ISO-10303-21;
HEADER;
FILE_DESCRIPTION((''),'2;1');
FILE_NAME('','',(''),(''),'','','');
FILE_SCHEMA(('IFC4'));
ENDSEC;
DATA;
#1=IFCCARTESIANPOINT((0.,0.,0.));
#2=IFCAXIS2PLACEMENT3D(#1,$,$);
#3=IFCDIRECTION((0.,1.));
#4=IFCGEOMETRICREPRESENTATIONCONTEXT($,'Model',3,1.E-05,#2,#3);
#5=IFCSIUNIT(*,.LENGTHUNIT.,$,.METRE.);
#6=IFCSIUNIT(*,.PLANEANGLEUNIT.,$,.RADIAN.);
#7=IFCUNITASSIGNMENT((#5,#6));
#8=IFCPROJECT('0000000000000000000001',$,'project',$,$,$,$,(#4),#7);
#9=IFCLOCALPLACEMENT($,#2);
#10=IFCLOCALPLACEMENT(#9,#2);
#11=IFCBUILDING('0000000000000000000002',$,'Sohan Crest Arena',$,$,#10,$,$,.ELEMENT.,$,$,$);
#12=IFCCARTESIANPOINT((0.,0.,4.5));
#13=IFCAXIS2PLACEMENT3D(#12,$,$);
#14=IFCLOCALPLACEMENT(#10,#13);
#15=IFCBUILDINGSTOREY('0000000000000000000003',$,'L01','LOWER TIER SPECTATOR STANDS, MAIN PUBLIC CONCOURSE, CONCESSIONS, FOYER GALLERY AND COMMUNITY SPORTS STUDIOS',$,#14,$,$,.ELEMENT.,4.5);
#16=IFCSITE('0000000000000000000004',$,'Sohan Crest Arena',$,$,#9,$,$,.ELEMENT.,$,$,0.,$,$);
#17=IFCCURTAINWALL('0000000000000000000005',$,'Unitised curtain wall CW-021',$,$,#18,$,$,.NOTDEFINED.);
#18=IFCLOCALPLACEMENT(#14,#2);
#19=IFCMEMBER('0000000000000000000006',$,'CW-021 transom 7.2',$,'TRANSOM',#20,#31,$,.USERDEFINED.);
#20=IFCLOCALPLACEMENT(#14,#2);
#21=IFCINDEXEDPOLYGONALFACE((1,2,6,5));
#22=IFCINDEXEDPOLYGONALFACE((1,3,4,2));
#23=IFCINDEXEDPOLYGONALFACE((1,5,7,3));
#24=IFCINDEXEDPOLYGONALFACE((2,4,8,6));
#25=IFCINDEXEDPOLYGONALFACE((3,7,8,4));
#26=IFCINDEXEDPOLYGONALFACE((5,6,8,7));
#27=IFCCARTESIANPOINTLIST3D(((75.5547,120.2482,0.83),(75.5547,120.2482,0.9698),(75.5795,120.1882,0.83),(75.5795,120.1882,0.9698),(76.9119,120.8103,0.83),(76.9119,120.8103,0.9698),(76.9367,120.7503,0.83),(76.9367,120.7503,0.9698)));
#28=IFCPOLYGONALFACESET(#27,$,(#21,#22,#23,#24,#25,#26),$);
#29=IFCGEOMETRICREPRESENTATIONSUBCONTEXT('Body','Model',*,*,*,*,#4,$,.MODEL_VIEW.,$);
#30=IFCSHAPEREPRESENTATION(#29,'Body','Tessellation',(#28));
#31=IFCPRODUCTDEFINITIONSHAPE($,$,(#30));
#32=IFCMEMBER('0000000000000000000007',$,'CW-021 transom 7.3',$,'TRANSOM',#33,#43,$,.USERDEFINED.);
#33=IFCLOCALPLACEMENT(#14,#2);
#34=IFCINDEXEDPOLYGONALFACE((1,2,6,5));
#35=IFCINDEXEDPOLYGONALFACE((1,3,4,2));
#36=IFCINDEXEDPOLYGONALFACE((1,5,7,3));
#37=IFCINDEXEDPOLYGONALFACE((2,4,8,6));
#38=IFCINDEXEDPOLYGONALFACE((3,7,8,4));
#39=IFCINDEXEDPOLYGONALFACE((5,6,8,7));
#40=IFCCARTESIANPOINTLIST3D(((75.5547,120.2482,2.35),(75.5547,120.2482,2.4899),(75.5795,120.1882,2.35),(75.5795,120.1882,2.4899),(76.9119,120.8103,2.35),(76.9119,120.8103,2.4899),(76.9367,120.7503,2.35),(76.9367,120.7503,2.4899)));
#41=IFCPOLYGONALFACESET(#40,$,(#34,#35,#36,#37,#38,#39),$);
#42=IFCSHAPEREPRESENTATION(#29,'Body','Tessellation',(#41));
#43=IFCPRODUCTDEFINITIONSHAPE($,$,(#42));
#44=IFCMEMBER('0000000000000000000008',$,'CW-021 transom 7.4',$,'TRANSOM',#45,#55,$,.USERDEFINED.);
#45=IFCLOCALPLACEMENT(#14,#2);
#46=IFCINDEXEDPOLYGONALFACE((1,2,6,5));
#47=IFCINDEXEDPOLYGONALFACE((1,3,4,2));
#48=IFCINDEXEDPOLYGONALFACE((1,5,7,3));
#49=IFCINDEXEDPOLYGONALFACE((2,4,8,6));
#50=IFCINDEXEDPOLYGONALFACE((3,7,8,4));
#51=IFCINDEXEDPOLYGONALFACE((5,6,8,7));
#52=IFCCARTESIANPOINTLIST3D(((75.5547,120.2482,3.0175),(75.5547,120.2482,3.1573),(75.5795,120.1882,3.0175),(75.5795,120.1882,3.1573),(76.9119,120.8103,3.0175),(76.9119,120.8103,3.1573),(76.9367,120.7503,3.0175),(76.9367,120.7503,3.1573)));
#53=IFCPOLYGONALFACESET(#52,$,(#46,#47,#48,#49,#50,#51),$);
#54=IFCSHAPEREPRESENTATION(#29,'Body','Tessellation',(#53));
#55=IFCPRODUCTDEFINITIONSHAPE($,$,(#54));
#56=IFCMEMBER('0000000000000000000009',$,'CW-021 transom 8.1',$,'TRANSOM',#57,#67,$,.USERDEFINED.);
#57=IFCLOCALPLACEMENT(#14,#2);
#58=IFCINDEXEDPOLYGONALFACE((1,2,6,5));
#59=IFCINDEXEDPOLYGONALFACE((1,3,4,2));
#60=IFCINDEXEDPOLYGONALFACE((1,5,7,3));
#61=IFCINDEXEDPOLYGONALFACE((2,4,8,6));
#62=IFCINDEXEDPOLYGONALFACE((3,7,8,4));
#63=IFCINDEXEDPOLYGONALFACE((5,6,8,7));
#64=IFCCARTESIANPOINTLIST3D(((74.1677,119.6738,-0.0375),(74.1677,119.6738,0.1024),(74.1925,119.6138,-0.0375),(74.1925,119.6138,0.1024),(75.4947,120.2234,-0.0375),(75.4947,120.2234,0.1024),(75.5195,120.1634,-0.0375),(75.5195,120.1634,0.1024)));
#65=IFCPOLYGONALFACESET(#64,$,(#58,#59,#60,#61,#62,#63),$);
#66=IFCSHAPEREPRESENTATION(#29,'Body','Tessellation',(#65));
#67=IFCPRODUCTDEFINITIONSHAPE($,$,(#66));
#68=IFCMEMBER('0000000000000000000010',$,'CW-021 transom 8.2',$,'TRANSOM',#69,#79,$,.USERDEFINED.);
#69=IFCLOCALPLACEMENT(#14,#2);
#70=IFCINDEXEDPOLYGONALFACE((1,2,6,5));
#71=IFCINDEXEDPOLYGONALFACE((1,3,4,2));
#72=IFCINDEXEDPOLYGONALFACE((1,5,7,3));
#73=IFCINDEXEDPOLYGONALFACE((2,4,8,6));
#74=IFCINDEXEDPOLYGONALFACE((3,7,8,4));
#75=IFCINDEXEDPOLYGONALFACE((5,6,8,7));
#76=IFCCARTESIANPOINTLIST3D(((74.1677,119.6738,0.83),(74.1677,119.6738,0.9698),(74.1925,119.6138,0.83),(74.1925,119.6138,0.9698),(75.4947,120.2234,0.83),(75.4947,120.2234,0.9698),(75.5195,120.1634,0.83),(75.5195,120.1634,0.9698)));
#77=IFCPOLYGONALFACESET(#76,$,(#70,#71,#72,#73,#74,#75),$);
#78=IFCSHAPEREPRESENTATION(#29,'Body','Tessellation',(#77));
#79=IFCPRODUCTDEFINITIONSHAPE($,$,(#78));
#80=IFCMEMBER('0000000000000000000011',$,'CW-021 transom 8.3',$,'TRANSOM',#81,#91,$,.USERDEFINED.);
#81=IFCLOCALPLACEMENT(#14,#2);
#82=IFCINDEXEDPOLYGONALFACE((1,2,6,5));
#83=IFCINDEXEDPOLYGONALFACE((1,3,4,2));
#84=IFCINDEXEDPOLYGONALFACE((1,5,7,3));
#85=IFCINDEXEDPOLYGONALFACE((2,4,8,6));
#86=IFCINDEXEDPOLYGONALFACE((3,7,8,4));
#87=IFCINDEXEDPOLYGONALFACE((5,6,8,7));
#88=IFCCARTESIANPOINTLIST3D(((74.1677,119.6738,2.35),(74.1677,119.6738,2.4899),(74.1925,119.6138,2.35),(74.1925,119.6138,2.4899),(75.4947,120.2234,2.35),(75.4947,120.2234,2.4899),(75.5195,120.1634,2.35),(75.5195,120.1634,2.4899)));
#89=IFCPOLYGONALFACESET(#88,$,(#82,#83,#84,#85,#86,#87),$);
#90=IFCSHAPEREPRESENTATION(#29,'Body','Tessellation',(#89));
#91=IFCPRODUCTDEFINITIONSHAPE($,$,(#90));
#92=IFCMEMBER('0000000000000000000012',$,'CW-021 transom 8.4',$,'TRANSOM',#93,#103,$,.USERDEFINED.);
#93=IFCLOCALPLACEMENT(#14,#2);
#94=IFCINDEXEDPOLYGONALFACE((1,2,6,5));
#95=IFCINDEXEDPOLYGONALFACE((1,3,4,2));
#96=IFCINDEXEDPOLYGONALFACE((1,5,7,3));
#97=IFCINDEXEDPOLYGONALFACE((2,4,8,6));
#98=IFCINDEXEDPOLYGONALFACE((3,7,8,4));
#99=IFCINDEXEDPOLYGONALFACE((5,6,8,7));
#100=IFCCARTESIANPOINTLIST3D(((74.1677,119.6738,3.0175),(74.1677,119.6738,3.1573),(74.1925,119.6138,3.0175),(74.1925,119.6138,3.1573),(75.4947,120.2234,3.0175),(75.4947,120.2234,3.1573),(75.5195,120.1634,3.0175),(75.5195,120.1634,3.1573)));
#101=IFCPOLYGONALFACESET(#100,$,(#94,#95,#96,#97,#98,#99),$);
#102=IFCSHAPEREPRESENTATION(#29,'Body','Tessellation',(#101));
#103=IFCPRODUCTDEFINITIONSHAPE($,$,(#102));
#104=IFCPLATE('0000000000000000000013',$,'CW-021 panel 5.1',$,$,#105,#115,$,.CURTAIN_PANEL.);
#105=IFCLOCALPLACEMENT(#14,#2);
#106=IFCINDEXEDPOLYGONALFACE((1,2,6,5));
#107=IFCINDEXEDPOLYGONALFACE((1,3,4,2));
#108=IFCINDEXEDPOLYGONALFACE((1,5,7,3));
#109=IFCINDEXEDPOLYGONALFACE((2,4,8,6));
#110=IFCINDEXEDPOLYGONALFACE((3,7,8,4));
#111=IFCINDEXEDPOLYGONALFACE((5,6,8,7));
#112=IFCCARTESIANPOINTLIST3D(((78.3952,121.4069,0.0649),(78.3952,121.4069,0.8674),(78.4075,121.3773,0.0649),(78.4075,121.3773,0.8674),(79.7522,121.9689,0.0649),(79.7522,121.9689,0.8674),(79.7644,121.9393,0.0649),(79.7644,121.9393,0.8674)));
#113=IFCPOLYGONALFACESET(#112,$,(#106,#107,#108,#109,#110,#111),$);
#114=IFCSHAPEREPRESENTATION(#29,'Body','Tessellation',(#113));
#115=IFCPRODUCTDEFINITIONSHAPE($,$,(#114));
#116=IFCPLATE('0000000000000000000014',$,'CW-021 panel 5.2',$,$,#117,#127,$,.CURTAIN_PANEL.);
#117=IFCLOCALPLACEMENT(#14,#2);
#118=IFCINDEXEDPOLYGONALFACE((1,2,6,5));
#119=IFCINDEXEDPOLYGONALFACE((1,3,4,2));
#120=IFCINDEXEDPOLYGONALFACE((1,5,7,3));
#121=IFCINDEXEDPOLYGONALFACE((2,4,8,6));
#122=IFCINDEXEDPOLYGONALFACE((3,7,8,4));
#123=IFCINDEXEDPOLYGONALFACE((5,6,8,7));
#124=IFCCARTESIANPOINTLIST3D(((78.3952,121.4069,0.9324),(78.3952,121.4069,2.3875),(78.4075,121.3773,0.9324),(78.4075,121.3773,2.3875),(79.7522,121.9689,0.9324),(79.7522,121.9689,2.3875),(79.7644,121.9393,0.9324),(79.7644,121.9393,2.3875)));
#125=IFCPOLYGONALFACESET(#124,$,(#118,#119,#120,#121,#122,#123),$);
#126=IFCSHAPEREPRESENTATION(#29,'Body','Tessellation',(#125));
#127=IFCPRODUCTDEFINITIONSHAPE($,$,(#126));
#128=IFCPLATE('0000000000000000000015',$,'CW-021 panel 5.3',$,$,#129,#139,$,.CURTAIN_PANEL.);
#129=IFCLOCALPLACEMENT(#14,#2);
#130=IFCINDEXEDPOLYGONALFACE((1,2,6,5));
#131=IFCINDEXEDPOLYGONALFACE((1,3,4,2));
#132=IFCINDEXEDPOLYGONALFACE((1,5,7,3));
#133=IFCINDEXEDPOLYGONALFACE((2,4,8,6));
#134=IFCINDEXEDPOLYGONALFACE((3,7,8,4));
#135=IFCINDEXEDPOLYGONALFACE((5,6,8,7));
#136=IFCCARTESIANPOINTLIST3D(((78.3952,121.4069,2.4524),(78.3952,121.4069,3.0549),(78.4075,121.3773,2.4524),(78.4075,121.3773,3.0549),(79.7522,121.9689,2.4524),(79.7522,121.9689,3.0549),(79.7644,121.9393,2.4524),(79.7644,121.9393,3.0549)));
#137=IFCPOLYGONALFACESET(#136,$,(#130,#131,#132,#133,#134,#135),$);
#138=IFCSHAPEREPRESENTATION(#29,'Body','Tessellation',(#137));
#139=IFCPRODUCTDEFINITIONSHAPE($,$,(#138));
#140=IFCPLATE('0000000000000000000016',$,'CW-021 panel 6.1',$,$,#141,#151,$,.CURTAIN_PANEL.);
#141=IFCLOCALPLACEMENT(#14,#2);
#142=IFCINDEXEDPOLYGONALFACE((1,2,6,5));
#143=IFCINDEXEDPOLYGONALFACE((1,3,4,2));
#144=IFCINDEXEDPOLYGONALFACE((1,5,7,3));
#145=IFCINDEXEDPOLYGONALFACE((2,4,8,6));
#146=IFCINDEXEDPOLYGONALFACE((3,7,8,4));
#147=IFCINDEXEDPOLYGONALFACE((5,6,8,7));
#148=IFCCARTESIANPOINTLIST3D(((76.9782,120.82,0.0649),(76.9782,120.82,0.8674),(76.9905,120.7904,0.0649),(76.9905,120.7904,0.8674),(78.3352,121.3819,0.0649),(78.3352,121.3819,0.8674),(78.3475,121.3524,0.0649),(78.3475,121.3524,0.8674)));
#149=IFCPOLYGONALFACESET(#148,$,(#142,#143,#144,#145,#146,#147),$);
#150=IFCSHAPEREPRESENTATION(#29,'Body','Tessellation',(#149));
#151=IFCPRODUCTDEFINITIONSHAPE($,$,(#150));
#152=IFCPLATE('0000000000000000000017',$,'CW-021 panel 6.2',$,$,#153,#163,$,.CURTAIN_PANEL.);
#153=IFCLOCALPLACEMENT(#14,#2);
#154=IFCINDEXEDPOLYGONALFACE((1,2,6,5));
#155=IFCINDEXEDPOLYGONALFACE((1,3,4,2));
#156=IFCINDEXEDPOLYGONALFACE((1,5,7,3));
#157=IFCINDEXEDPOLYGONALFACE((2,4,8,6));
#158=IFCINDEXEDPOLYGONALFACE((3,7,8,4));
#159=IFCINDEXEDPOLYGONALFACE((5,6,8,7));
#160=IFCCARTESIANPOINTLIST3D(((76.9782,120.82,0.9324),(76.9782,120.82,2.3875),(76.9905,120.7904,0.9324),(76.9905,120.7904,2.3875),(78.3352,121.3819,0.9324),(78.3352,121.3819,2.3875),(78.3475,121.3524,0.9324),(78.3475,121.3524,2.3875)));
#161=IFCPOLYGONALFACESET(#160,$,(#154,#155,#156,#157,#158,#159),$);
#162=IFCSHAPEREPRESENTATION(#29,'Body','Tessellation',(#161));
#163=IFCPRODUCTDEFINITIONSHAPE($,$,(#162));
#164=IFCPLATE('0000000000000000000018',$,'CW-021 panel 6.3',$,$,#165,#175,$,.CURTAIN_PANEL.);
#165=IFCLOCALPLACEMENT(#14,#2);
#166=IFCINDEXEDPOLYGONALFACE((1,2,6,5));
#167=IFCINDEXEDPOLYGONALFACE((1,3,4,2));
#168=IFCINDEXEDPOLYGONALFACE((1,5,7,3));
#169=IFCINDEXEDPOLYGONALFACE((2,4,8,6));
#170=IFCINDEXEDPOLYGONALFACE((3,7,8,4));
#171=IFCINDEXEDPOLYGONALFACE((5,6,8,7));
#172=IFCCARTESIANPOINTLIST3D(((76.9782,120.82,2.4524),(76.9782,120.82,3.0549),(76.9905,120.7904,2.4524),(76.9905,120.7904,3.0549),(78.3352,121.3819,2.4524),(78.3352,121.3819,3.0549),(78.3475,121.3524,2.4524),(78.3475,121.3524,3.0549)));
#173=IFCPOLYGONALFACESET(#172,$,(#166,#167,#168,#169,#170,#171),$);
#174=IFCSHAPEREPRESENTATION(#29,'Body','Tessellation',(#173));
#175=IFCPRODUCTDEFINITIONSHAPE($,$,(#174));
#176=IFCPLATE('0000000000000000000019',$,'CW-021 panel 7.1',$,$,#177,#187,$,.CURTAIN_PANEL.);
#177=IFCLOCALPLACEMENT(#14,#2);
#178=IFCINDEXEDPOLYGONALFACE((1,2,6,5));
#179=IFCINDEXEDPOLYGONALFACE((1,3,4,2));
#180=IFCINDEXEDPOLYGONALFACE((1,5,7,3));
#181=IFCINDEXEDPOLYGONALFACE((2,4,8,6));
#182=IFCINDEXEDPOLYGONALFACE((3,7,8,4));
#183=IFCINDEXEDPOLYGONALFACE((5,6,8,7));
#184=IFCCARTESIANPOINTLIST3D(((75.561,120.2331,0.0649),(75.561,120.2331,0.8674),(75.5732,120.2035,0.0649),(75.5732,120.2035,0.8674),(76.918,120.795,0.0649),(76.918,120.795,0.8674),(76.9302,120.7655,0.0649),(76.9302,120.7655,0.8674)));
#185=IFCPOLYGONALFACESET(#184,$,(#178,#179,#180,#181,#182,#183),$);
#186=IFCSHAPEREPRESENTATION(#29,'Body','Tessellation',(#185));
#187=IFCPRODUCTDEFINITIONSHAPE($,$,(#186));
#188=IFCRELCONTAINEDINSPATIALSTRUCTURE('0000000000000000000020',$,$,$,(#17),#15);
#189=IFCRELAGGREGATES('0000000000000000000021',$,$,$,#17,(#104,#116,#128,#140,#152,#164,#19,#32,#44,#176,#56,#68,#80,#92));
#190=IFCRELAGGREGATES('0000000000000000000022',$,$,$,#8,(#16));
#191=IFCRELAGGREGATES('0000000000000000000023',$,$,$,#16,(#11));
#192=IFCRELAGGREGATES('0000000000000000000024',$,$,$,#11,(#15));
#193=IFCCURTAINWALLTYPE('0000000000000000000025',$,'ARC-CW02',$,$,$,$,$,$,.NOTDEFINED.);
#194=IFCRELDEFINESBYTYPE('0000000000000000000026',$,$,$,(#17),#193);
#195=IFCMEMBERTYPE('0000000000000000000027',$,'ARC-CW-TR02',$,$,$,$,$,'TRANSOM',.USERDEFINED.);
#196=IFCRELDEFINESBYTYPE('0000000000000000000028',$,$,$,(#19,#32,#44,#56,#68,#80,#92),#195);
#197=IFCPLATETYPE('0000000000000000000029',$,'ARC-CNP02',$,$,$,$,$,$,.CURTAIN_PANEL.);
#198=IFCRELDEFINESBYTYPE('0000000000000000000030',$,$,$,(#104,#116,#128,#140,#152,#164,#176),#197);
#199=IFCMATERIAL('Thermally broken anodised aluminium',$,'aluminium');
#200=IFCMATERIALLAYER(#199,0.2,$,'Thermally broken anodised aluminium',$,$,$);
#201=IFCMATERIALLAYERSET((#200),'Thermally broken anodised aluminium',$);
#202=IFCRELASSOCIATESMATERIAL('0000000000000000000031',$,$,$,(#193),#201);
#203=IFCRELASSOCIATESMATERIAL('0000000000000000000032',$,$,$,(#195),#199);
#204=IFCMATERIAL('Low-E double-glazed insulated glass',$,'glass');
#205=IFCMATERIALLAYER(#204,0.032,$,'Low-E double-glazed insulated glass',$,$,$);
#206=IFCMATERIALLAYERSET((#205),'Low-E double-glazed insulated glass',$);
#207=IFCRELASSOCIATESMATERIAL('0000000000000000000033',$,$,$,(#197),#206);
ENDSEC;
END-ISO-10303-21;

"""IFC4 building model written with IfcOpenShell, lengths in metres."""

from ifc_helpers import new_model, si_unit, direction, frame, origin, origin_2d, place, context, subcontext, project, spatial, rectangle, extrude, material, layer, layer_set, material_profile, profile_set, type_object, element, aggregate, save


model = new_model("IFC4")

# Units and contexts
model_context = context("Model", 3, precision=1e-05, world=origin(), true_north=direction((0.0, 1.0)))
body_context = subcontext(model_context, "Body", "Model", "MODEL_VIEW")
ifc_project = project(units=[si_unit("LENGTHUNIT", "METRE"), si_unit("PLANEANGLEUNIT", "RADIAN")], contexts=[model_context])

# Site, building, storey
site_placement = place(None, origin())
site = spatial("IfcSite", under=ifc_project, at=site_placement, Name="Sohan Crest Arena", CompositionType="ELEMENT", RefElevation=0.0)
building_placement = place(site_placement, origin())
building = spatial("IfcBuilding", under=site, at=building_placement, Name="Sohan Crest Arena", CompositionType="ELEMENT")
storey_placement = place(building_placement, frame((0.0, 0.0, 4.5)))
storey = spatial("IfcBuildingStorey", under=building, at=storey_placement, Name="L01", Description="LOWER TIER SPECTATOR STANDS, MAIN PUBLIC CONCOURSE, CONCESSIONS, FOYER GALLERY AND COMMUNITY SPORTS STUDIOS", CompositionType="ELEMENT", Elevation=4.5)

# Curtain wall, members, plates
ifc_material_1 = material(Name="Thermally broken anodised aluminium", Category="aluminium")
ifc_layer_1 = layer(ifc_material_1, 0.2, Name="Thermally broken anodised aluminium")
ifc_layer_set_1 = layer_set([ifc_layer_1], Name="Thermally broken anodised aluminium")
curtain_wall_type = type_object("IfcCurtainWallType", Name="ARC-CW02", PredefinedType="NOTDEFINED", material=ifc_layer_set_1)
curtain_wall_placement = place(storey_placement, origin())
curtain_wall = element("IfcCurtainWall", 1, at=curtain_wall_placement, inside=storey, type_object=curtain_wall_type, Name="Unitised curtain wall CW-021", PredefinedType="NOTDEFINED")
ifc_material_profile_1 = material_profile(ifc_material_1, rectangle(XDim=0.0649, YDim=0.1399, at=origin_2d()), Name="ALU-TRAN 65x140")
ifc_profile_set_1 = profile_set([ifc_material_profile_1], Name="Thermally broken anodised aluminium")
member_type_1 = type_object("IfcMemberType", Name="ARC-CW-TR02", ElementType="TRANSOM", PredefinedType="USERDEFINED", material=ifc_profile_set_1)
member_1_placement = place(storey_placement, frame((76.9243, 120.7803, 0.8999), z_axis=(-0.923916, -0.382596, 0.0), x_axis=(0.382596, -0.923916, 0.0)))
member_1 = element("IfcMember", 2, at=member_1_placement, type_object=member_type_1, Name="CW-021 transom 7.2", ObjectType="TRANSOM", PredefinedType="USERDEFINED", context=body_context, shape_type="SweptSolid", body=[
    extrude(rectangle(XDim=0.0649, YDim=0.1399, at=origin_2d()), origin(), (0.0, 0.0, 1.0), 1.469),
])
member_2_placement = place(storey_placement, frame((76.9243, 120.7803, 2.4199), z_axis=(-0.923916, -0.382596, 0.0), x_axis=(0.382596, -0.923916, 0.0)))
member_2 = element("IfcMember", 3, at=member_2_placement, type_object=member_type_1, Name="CW-021 transom 7.3", ObjectType="TRANSOM", PredefinedType="USERDEFINED", context=body_context, shape_type="SweptSolid", body=[
    extrude(rectangle(XDim=0.0649, YDim=0.1399, at=origin_2d()), origin(), (0.0, 0.0, 1.0), 1.469),
])
member_3_placement = place(storey_placement, frame((76.9243, 120.7803, 3.0874), z_axis=(-0.923916, -0.382596, 0.0), x_axis=(0.382596, -0.923916, 0.0)))
member_3 = element("IfcMember", 4, at=member_3_placement, type_object=member_type_1, Name="CW-021 transom 7.4", ObjectType="TRANSOM", PredefinedType="USERDEFINED", context=body_context, shape_type="SweptSolid", body=[
    extrude(rectangle(XDim=0.0649, YDim=0.1399, at=origin_2d()), origin(), (0.0, 0.0, 1.0), 1.469),
])
member_4_placement = place(storey_placement, frame((75.5071, 120.1934, 0.0325), z_axis=(-0.923895, -0.382647, 0.0), x_axis=(0.382647, -0.923895, 0.0)))
member_4 = element("IfcMember", 5, at=member_4_placement, type_object=member_type_1, Name="CW-021 transom 8.1", ObjectType="TRANSOM", PredefinedType="USERDEFINED", context=body_context, shape_type="SweptSolid", body=[
    extrude(rectangle(XDim=0.0649, YDim=0.1399, at=origin_2d()), origin(), (0.0, 0.0, 1.0), 1.4363),
])
member_5_placement = place(storey_placement, frame((75.5071, 120.1934, 0.8999), z_axis=(-0.923895, -0.382647, 0.0), x_axis=(0.382647, -0.923895, 0.0)))
member_5 = element("IfcMember", 6, at=member_5_placement, type_object=member_type_1, Name="CW-021 transom 8.2", ObjectType="TRANSOM", PredefinedType="USERDEFINED", context=body_context, shape_type="SweptSolid", body=[
    extrude(rectangle(XDim=0.0649, YDim=0.1399, at=origin_2d()), origin(), (0.0, 0.0, 1.0), 1.4363),
])
member_6_placement = place(storey_placement, frame((75.5071, 120.1934, 2.4199), z_axis=(-0.923895, -0.382647, 0.0), x_axis=(0.382647, -0.923895, 0.0)))
member_6 = element("IfcMember", 7, at=member_6_placement, type_object=member_type_1, Name="CW-021 transom 8.3", ObjectType="TRANSOM", PredefinedType="USERDEFINED", context=body_context, shape_type="SweptSolid", body=[
    extrude(rectangle(XDim=0.0649, YDim=0.1399, at=origin_2d()), origin(), (0.0, 0.0, 1.0), 1.4363),
])
member_7_placement = place(storey_placement, frame((75.5071, 120.1934, 3.0874), z_axis=(-0.923895, -0.382647, 0.0), x_axis=(0.382647, -0.923895, 0.0)))
member_7 = element("IfcMember", 8, at=member_7_placement, type_object=member_type_1, Name="CW-021 transom 8.4", ObjectType="TRANSOM", PredefinedType="USERDEFINED", context=body_context, shape_type="SweptSolid", body=[
    extrude(rectangle(XDim=0.0649, YDim=0.1399, at=origin_2d()), origin(), (0.0, 0.0, 1.0), 1.4363),
])
ifc_material_2 = material(Name="Low-E double-glazed insulated glass", Category="glass")
ifc_layer_2 = layer(ifc_material_2, 0.032, Name="Low-E double-glazed insulated glass")
ifc_layer_set_2 = layer_set([ifc_layer_2], Name="Low-E double-glazed insulated glass")
plate_type = type_object("IfcPlateType", Name="ARC-CNP02", PredefinedType="CURTAIN_PANEL", material=ifc_layer_set_2)
plate_1_placement = place(storey_placement, frame((79.0798, 121.6731, 0.0649), z_axis=(0.0, 0.0, 1.0), x_axis=(-0.923907, -0.382618, 0.0)))
plate_1 = element("IfcPlate", 9, at=plate_1_placement, type_object=plate_type, Name="CW-021 panel 5.1", PredefinedType="CURTAIN_PANEL", context=body_context, shape_type="SweptSolid", body=[
    extrude(rectangle(XDim=1.4688, YDim=0.032, at=origin_2d()), origin(), (0.0, 0.0, 1.0), 0.8025),
])
plate_2_placement = place(storey_placement, frame((79.0798, 121.6731, 0.9324), z_axis=(0.0, 0.0, 1.0), x_axis=(-0.923907, -0.382618, 0.0)))
plate_2 = element("IfcPlate", 10, at=plate_2_placement, type_object=plate_type, Name="CW-021 panel 5.2", PredefinedType="CURTAIN_PANEL", context=body_context, shape_type="SweptSolid", body=[
    extrude(rectangle(XDim=1.4688, YDim=0.032, at=origin_2d()), origin(), (0.0, 0.0, 1.0), 1.4551),
])
plate_3_placement = place(storey_placement, frame((79.0798, 121.6731, 2.4524), z_axis=(0.0, 0.0, 1.0), x_axis=(-0.923907, -0.382618, 0.0)))
plate_3 = element("IfcPlate", 11, at=plate_3_placement, type_object=plate_type, Name="CW-021 panel 5.3", PredefinedType="CURTAIN_PANEL", context=body_context, shape_type="SweptSolid", body=[
    extrude(rectangle(XDim=1.4688, YDim=0.032, at=origin_2d()), origin(), (0.0, 0.0, 1.0), 0.6025),
])
plate_4_placement = place(storey_placement, frame((77.6628, 121.0862, 0.0649), z_axis=(0.0, 0.0, 1.0), x_axis=(-0.923907, -0.382618, 0.0)))
plate_4 = element("IfcPlate", 12, at=plate_4_placement, type_object=plate_type, Name="CW-021 panel 6.1", PredefinedType="CURTAIN_PANEL", context=body_context, shape_type="SweptSolid", body=[
    extrude(rectangle(XDim=1.4688, YDim=0.032, at=origin_2d()), origin(), (0.0, 0.0, 1.0), 0.8025),
])
plate_5_placement = place(storey_placement, frame((77.6628, 121.0862, 0.9324), z_axis=(0.0, 0.0, 1.0), x_axis=(-0.923907, -0.382618, 0.0)))
plate_5 = element("IfcPlate", 13, at=plate_5_placement, type_object=plate_type, Name="CW-021 panel 6.2", PredefinedType="CURTAIN_PANEL", context=body_context, shape_type="SweptSolid", body=[
    extrude(rectangle(XDim=1.4688, YDim=0.032, at=origin_2d()), origin(), (0.0, 0.0, 1.0), 1.4551),
])
plate_6_placement = place(storey_placement, frame((77.6628, 121.0862, 2.4524), z_axis=(0.0, 0.0, 1.0), x_axis=(-0.923907, -0.382618, 0.0)))
plate_6 = element("IfcPlate", 14, at=plate_6_placement, type_object=plate_type, Name="CW-021 panel 6.3", PredefinedType="CURTAIN_PANEL", context=body_context, shape_type="SweptSolid", body=[
    extrude(rectangle(XDim=1.4688, YDim=0.032, at=origin_2d()), origin(), (0.0, 0.0, 1.0), 0.6025),
])
plate_7_placement = place(storey_placement, frame((76.2456, 120.4993, 0.0649), z_axis=(0.0, 0.0, 1.0), x_axis=(-0.923907, -0.382618, 0.0)))
plate_7 = element("IfcPlate", 15, at=plate_7_placement, type_object=plate_type, Name="CW-021 panel 7.1", PredefinedType="CURTAIN_PANEL", context=body_context, shape_type="SweptSolid", body=[
    extrude(rectangle(XDim=1.4688, YDim=0.032, at=origin_2d()), origin(), (0.0, 0.0, 1.0), 0.8025),
])
aggregate(curtain_wall, [plate_1, plate_2, plate_3, plate_4, plate_5, plate_6, member_1, member_2, member_3, plate_7, member_4, member_5, member_6, member_7])

save(model, "model.ifc")
